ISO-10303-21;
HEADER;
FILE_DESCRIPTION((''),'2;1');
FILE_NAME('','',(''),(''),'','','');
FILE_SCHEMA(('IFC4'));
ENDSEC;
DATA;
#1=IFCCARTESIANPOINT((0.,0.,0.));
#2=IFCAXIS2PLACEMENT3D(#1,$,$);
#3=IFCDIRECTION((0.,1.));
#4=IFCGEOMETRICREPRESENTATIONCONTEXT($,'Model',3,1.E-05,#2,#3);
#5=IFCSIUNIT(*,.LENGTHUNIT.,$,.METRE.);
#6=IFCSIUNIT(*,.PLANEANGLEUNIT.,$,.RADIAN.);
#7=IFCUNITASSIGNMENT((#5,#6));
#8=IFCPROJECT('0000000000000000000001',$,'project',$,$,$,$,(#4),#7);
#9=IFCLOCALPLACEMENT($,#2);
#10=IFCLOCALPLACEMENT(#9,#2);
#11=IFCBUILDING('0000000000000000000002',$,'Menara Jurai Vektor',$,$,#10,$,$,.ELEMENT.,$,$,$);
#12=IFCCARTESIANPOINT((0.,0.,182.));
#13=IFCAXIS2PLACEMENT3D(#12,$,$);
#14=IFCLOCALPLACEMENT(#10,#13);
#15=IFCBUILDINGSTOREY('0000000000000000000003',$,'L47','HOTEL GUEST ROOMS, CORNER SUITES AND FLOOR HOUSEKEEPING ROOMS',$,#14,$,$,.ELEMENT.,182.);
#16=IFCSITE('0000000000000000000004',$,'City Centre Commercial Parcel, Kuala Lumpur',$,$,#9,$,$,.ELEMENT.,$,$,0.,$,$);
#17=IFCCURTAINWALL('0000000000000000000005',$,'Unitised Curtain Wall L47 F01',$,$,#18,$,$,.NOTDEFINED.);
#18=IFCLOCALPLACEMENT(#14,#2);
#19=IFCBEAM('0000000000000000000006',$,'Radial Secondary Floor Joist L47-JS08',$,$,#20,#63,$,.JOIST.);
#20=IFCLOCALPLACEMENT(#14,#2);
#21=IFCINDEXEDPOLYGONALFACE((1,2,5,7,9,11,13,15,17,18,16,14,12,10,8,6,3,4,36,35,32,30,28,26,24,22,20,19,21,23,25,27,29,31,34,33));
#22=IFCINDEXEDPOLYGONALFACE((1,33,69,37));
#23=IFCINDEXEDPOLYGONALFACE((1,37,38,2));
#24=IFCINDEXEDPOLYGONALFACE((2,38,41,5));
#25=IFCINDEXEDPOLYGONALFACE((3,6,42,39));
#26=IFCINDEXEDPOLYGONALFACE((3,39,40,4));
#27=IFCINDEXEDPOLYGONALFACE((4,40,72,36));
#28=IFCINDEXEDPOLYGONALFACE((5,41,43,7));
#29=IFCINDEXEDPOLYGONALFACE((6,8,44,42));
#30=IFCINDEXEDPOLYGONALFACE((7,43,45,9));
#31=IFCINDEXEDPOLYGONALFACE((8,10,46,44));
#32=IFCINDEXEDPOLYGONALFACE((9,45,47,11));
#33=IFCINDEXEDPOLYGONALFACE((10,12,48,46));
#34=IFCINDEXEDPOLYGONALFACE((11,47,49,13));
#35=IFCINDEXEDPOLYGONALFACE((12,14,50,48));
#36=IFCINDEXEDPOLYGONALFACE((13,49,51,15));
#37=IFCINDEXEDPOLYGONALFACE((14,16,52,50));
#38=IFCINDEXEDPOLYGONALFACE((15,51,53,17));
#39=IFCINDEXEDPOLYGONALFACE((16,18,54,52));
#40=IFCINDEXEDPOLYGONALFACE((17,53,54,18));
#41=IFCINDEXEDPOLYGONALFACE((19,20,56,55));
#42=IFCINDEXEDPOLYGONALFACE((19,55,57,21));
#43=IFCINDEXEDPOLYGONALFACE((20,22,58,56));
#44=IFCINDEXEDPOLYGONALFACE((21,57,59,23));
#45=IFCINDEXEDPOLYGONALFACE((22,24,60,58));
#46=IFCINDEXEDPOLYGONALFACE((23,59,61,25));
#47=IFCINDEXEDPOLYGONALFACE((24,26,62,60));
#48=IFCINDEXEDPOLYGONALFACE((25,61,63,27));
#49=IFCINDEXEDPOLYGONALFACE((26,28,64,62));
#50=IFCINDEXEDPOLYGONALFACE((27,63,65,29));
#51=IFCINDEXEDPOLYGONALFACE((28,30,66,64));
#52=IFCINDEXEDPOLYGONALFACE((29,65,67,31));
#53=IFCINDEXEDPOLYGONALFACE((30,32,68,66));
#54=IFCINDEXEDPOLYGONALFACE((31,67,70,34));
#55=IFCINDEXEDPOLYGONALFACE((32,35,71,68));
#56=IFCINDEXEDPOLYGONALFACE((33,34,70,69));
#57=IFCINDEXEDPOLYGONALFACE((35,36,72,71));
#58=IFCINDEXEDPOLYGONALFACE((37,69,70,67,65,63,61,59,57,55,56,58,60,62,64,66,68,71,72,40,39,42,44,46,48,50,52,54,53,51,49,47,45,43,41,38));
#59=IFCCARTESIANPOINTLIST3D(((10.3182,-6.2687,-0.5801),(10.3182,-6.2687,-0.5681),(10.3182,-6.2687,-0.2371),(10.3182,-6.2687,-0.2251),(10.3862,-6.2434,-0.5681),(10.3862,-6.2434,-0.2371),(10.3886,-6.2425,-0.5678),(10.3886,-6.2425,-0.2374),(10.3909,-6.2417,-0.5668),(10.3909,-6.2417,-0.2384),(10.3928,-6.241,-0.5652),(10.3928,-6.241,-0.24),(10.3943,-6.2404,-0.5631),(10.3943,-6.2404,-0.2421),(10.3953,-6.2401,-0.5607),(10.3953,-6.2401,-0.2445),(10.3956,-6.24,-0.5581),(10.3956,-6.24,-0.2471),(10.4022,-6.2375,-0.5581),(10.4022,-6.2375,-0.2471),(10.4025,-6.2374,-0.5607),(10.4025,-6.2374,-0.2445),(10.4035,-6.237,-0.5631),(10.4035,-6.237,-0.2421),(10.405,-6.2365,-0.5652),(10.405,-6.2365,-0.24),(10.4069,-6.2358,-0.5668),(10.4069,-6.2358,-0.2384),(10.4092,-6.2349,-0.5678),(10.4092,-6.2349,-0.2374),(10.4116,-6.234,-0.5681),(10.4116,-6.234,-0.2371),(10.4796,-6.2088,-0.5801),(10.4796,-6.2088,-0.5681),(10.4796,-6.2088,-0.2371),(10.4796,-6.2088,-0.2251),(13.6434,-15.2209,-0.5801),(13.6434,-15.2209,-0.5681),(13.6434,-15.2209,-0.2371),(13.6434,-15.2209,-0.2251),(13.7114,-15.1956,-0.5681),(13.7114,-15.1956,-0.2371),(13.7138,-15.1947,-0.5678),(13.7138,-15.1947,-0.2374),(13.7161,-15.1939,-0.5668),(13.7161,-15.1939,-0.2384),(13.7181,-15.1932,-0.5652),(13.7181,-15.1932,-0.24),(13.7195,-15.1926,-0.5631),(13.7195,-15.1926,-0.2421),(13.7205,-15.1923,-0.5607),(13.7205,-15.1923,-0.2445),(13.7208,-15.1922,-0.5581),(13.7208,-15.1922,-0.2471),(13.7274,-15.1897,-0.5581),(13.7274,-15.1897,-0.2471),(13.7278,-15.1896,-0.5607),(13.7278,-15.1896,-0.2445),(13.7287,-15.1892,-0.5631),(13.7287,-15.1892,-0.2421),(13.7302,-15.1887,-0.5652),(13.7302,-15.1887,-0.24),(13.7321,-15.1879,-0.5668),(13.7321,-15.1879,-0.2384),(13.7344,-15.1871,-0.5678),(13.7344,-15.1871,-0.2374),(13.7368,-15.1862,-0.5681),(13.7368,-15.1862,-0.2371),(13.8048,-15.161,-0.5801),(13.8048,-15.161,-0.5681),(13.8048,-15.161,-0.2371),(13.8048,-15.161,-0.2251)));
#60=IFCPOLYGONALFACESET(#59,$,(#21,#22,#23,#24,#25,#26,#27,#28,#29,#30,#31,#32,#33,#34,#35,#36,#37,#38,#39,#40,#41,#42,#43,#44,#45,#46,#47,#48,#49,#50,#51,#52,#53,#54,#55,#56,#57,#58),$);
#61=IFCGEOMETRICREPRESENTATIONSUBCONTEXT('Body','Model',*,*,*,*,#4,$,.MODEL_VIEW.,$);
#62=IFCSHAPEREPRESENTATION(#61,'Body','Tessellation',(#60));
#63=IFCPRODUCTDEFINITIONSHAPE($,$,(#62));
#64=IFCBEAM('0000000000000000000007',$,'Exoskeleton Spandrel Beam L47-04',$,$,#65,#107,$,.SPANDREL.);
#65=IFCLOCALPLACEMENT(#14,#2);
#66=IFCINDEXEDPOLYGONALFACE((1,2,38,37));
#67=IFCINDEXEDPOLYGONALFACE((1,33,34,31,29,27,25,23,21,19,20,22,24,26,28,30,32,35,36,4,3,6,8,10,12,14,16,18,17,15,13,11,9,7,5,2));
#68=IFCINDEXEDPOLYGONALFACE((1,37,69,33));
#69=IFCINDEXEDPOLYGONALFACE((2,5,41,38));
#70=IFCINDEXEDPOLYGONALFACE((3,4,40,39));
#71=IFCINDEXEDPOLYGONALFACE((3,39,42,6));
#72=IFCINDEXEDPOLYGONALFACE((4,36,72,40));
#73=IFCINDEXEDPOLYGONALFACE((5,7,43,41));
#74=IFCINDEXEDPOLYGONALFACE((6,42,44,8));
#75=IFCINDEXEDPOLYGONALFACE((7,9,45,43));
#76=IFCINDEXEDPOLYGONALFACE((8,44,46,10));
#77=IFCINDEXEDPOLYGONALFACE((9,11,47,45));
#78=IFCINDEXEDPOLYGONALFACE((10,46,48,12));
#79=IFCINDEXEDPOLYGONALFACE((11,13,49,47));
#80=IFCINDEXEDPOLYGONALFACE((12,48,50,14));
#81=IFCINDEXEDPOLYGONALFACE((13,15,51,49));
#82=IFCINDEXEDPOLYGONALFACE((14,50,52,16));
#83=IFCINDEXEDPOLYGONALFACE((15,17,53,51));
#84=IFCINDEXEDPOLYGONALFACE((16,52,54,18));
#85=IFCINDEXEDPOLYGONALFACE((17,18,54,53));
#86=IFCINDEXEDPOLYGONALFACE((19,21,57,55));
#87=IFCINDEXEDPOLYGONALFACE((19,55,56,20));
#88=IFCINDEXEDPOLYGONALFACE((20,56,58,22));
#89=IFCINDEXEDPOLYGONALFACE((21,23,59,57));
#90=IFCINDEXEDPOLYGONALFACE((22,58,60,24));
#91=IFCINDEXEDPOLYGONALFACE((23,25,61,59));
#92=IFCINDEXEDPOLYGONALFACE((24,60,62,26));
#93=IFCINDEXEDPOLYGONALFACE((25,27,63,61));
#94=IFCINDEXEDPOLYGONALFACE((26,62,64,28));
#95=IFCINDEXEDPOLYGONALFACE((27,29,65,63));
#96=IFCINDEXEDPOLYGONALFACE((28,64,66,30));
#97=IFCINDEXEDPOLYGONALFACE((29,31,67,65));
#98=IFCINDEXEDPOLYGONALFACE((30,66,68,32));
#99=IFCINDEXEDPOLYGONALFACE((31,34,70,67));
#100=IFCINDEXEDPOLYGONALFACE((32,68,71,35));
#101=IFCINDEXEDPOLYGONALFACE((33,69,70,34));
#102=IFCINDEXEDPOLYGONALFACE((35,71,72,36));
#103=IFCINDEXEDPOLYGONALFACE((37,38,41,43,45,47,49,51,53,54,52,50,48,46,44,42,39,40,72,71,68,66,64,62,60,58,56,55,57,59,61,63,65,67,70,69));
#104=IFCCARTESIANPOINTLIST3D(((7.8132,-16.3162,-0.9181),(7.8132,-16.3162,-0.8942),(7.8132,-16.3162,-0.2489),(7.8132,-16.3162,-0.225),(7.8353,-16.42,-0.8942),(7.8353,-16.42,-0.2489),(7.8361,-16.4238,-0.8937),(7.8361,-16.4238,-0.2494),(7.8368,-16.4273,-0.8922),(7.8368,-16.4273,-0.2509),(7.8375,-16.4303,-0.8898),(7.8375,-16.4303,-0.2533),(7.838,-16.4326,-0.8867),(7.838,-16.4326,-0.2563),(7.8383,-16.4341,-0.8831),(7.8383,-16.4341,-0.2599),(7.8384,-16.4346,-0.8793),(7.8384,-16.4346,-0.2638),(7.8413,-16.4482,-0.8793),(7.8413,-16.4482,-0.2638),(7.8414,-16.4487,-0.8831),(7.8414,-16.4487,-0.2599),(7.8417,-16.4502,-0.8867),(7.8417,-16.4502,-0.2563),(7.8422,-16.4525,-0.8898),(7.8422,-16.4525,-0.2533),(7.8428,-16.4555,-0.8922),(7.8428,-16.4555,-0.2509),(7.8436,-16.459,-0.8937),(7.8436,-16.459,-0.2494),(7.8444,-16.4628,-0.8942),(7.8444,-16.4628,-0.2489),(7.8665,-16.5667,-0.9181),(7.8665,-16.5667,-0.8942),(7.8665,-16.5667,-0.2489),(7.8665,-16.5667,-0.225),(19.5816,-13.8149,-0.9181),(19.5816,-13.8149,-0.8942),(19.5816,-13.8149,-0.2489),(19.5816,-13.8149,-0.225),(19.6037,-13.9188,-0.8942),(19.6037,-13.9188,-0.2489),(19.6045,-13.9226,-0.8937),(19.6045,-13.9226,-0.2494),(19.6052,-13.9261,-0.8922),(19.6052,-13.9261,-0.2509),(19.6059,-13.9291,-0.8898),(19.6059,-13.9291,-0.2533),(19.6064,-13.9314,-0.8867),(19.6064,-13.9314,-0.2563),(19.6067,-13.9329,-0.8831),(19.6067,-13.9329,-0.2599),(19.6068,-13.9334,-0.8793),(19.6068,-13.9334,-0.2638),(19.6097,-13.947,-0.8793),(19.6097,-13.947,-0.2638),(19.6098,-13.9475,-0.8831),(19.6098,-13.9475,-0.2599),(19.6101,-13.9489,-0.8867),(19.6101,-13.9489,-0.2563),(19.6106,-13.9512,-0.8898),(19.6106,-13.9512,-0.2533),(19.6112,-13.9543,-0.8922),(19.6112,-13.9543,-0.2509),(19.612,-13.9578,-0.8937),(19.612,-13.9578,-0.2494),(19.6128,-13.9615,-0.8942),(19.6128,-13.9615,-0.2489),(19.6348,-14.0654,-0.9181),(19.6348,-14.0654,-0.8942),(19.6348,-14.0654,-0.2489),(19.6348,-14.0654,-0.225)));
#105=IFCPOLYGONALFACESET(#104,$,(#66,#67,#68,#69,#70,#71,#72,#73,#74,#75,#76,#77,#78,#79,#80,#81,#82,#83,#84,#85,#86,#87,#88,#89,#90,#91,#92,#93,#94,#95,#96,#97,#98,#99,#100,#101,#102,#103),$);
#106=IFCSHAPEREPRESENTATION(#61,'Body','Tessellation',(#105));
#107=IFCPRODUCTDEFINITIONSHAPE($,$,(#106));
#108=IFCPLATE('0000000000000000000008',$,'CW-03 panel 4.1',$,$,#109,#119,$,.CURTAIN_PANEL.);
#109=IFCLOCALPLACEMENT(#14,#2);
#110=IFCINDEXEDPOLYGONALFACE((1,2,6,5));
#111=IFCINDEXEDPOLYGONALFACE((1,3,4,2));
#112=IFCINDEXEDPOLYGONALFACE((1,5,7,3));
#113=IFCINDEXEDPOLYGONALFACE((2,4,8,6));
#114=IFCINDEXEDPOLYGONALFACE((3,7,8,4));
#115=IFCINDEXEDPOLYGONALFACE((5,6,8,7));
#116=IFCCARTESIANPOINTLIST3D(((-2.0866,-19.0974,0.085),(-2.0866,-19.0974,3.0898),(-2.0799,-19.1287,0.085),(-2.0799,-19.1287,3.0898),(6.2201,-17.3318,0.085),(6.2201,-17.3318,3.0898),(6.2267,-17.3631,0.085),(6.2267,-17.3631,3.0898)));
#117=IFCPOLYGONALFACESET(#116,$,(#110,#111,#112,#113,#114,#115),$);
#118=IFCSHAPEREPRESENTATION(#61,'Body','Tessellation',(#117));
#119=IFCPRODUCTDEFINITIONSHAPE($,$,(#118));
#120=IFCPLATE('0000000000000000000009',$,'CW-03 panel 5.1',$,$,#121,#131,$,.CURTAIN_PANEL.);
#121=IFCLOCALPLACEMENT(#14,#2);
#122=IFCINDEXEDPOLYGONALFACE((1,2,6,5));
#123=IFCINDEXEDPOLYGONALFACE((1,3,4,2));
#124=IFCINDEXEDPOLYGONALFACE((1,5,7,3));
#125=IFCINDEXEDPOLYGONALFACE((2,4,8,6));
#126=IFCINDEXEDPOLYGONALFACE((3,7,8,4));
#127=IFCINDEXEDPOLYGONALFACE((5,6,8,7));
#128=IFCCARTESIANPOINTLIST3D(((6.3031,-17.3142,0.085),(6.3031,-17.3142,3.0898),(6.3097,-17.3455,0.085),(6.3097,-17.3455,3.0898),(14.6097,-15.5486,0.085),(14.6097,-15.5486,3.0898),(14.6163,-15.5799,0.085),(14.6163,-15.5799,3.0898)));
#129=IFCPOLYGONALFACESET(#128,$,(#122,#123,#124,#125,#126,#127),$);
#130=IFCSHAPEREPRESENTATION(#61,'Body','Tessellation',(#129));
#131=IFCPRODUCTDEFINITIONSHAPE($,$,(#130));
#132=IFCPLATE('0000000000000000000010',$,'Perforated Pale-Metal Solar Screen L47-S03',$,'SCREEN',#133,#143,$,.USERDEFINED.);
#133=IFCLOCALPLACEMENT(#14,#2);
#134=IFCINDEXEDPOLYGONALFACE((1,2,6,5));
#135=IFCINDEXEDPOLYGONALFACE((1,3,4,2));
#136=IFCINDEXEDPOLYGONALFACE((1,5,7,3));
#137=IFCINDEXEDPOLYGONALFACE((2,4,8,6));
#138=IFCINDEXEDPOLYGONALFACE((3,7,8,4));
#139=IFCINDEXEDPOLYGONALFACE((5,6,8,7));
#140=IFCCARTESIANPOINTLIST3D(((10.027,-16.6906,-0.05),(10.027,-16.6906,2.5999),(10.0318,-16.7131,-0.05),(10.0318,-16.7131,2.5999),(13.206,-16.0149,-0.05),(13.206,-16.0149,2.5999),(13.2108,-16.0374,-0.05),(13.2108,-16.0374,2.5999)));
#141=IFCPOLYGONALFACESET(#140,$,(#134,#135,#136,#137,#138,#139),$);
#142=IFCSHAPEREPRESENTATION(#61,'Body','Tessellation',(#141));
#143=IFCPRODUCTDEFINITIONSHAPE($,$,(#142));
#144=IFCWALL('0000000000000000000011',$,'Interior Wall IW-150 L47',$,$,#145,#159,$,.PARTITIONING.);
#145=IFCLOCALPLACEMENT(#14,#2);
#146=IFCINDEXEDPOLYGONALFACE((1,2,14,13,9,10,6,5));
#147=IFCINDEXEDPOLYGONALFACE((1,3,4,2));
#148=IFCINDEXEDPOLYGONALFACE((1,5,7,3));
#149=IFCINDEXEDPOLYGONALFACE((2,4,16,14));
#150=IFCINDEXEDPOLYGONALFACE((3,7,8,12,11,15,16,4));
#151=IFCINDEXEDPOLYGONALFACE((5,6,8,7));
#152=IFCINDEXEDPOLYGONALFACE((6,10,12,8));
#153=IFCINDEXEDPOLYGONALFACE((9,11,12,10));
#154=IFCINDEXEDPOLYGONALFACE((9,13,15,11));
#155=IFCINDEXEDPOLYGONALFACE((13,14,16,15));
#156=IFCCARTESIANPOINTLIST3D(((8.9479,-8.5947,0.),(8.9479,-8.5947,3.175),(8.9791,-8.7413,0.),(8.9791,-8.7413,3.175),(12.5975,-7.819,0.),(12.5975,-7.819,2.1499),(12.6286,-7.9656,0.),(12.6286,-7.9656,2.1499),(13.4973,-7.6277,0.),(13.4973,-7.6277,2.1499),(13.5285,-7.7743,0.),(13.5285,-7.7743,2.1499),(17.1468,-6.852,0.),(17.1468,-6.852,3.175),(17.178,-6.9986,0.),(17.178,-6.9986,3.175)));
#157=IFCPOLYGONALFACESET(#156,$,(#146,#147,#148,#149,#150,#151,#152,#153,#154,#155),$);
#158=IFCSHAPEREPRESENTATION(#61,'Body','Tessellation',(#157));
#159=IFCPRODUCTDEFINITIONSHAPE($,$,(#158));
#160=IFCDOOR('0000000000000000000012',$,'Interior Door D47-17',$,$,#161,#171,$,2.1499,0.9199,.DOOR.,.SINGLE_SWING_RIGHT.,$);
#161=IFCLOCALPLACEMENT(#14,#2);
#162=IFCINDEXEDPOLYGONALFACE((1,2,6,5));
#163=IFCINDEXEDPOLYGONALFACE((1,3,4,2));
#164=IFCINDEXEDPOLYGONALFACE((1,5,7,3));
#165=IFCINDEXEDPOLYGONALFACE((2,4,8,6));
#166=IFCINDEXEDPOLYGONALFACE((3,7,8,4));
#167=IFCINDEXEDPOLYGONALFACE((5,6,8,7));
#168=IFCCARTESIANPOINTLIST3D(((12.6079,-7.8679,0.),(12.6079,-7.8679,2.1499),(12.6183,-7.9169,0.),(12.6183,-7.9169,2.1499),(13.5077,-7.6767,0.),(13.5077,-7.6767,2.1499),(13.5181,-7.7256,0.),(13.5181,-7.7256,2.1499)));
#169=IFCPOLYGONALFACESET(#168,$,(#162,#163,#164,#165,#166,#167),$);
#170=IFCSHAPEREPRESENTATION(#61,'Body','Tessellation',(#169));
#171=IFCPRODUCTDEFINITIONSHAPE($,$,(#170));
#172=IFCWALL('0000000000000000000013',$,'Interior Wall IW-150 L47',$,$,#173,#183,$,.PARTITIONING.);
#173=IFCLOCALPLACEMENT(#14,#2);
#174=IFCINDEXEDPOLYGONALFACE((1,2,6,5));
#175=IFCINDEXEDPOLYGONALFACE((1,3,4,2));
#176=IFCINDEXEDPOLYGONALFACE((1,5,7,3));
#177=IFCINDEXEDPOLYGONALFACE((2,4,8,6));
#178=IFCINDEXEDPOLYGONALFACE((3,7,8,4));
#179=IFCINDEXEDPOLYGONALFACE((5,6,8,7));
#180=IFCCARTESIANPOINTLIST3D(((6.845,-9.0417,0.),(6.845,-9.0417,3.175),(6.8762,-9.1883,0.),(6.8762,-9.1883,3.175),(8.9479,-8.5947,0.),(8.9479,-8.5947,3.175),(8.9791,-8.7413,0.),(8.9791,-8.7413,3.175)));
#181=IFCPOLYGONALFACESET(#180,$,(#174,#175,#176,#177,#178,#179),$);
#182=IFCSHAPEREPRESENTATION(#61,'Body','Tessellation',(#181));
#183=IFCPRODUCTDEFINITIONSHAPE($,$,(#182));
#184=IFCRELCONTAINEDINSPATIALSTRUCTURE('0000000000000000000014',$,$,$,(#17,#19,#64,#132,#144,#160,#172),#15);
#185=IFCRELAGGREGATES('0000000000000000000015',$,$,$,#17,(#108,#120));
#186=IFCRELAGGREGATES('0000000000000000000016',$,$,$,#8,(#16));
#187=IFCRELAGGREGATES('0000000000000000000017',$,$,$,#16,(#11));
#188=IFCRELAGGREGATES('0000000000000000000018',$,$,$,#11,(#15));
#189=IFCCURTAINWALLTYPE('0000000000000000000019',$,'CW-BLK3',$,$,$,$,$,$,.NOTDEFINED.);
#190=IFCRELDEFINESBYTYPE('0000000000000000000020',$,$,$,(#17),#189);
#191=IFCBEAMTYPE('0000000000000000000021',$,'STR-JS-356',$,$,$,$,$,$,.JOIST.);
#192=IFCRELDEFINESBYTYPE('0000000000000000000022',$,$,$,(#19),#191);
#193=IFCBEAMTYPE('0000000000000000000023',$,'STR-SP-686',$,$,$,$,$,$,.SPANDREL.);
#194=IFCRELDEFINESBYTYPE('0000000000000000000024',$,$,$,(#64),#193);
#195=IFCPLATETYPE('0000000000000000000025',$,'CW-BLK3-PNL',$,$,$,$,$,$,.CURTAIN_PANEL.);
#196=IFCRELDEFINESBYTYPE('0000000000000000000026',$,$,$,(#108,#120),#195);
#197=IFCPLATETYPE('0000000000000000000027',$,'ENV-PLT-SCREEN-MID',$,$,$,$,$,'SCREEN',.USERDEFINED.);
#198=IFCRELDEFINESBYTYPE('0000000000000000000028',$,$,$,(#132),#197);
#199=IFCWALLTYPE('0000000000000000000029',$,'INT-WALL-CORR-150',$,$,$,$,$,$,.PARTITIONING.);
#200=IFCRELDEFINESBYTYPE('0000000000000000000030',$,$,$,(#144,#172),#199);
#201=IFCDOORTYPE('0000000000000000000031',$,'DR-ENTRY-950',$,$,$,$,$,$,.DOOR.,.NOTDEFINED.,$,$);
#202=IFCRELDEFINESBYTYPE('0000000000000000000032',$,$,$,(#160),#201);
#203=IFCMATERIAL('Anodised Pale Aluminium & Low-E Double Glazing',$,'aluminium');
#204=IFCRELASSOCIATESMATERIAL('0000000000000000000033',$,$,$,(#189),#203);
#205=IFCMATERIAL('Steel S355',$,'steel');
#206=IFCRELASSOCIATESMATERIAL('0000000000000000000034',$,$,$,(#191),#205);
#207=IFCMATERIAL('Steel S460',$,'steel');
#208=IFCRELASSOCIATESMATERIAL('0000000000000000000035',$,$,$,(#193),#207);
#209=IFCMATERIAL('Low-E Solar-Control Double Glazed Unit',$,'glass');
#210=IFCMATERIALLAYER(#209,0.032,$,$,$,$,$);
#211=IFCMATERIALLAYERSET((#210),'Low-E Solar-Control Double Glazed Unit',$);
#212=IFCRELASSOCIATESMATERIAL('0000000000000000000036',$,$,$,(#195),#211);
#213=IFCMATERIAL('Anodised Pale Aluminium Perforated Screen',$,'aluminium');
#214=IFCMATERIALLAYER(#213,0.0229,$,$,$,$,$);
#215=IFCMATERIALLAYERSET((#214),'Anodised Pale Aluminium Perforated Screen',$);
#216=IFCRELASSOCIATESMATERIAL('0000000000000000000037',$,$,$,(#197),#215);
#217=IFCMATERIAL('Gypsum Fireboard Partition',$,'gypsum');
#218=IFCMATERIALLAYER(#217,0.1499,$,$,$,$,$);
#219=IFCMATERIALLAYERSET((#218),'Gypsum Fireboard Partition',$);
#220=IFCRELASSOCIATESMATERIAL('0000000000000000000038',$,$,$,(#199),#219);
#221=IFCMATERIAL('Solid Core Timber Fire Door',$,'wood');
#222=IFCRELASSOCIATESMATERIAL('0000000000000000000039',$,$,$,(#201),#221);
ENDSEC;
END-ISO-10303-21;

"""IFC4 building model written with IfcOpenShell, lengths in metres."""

from ifc_helpers import new_model, si_unit, direction, frame, frame_2d, origin, origin_2d, place, context, subcontext, project, spatial, rectangle, i_section, extrude, material, layer, layer_set, material_profile, profile_set, type_object, element, fill, aggregate, save


model = new_model("IFC4")

# Units and contexts
model_context = context("Model", 3, precision=1e-05, world=origin(), true_north=direction((0.0, 1.0)))
body_context = subcontext(model_context, "Body", "Model", "MODEL_VIEW")
ifc_project = project(units=[si_unit("LENGTHUNIT", "METRE"), si_unit("PLANEANGLEUNIT", "RADIAN")], contexts=[model_context])

# Site, building, storey
site_placement = place(None, origin())
site = spatial("IfcSite", under=ifc_project, at=site_placement, Name="City Centre Commercial Parcel, Kuala Lumpur", CompositionType="ELEMENT", RefElevation=0.0)
building_placement = place(site_placement, origin())
building = spatial("IfcBuilding", under=site, at=building_placement, Name="Menara Jurai Vektor", CompositionType="ELEMENT")
storey_placement = place(building_placement, frame((0.0, 0.0, 182.0)))
storey = spatial("IfcBuildingStorey", under=building, at=storey_placement, Name="L47", Description="HOTEL GUEST ROOMS, CORNER SUITES AND FLOOR HOUSEKEEPING ROOMS", CompositionType="ELEMENT", Elevation=182.0)

# Shared definitions
ifc_material_1 = material(Name="Steel S460", Category="steel")

# Curtain wall
ifc_material_2 = material(Name="Anodised Pale Aluminium & Low-E Double Glazing", Category="aluminium")
curtain_wall_type = type_object("IfcCurtainWallType", Name="CW-BLK3", PredefinedType="NOTDEFINED", material=ifc_material_2)
curtain_wall_placement = place(storey_placement, origin())
curtain_wall = element("IfcCurtainWall", 1, at=curtain_wall_placement, inside=storey, type_object=curtain_wall_type, Name="Unitised Curtain Wall L47 F01", PredefinedType="NOTDEFINED")

# Beams
ifc_material_3 = material(Name="Steel S355", Category="steel")
ifc_material_profile_1 = material_profile(ifc_material_3, i_section(OverallWidth=0.1721, OverallDepth=0.355, WebThickness=0.0071, FlangeThickness=0.012, FilletRadius=0.01, at=origin_2d()), Name="UKB 356x171x51")
ifc_profile_set_1 = profile_set([ifc_material_profile_1], Name="Steel S355")
beam_type_1 = type_object("IfcBeamType", Name="STR-JS-356", PredefinedType="JOIST", material=ifc_profile_set_1)
beam_1_placement = place(storey_placement, frame((13.7241, -15.1909, -0.4026), z_axis=(-0.348197, 0.937421, 0.0), x_axis=(-0.937421, -0.348197, 0.0)))
element("IfcBeam", 2, at=beam_1_placement, inside=storey, type_object=beam_type_1, Name="Radial Secondary Floor Joist L47-JS08", PredefinedType="JOIST", context=body_context, shape_type="SweptSolid", body=[
    extrude(i_section(OverallWidth=0.1721, OverallDepth=0.355, WebThickness=0.0071, FlangeThickness=0.012, FilletRadius=0.01, at=origin_2d()), origin(), (0.0, 0.0, 1.0), 9.5498),
])
ifc_material_profile_2 = material_profile(ifc_material_1, i_section(OverallWidth=0.2561, OverallDepth=0.6931, WebThickness=0.0139, FlangeThickness=0.0239, FilletRadius=0.0149, at=origin_2d()), Name="UKB 686x254x170")
ifc_profile_set_2 = profile_set([ifc_material_profile_2], Name="Steel S460")
beam_type_2 = type_object("IfcBeamType", Name="STR-SP-686", PredefinedType="SPANDREL", material=ifc_profile_set_2)
beam_2_placement = place(storey_placement, frame((7.8398, -16.4414, -0.5715), z_axis=(0.978151, 0.207895, 0.0), x_axis=(-0.207895, 0.978151, 0.0)))
element("IfcBeam", 3, at=beam_2_placement, inside=storey, type_object=beam_type_2, Name="Exoskeleton Spandrel Beam L47-04", PredefinedType="SPANDREL", context=body_context, shape_type="SweptSolid", body=[
    extrude(i_section(OverallWidth=0.2561, OverallDepth=0.6931, WebThickness=0.0139, FlangeThickness=0.0239, FilletRadius=0.0149, at=origin_2d()), origin(), (0.0, 0.0, 1.0), 12.0312),
])

# Plates
ifc_material_4 = material(Name="Low-E Solar-Control Double Glazed Unit", Category="glass")
ifc_layer_1 = layer(ifc_material_4, 0.032)
ifc_layer_set_1 = layer_set([ifc_layer_1], Name="Low-E Solar-Control Double Glazed Unit")
plate_type_1 = type_object("IfcPlateType", Name="CW-BLK3-PNL", PredefinedType="CURTAIN_PANEL", material=ifc_layer_set_1)
plate_1_placement = place(storey_placement, frame((2.0701, -18.2302, 0.085), z_axis=(0.0, 0.0, 1.0), x_axis=(0.978148, 0.207911, 0.0)))
plate_1 = element("IfcPlate", 4, at=plate_1_placement, type_object=plate_type_1, Name="CW-03 panel 4.1", PredefinedType="CURTAIN_PANEL", context=body_context, shape_type="SweptSolid", body=[
    extrude(rectangle(XDim=8.4922, YDim=0.032, at=origin_2d()), origin(), (0.0, 0.0, 1.0), 3.0049),
])
plate_2_placement = place(storey_placement, frame((10.4597, -16.447, 0.085), z_axis=(0.0, 0.0, 1.0), x_axis=(0.978148, 0.207911, 0.0)))
plate_2 = element("IfcPlate", 5, at=plate_2_placement, type_object=plate_type_1, Name="CW-03 panel 5.1", PredefinedType="CURTAIN_PANEL", context=body_context, shape_type="SweptSolid", body=[
    extrude(rectangle(XDim=8.4922, YDim=0.032, at=origin_2d()), origin(), (0.0, 0.0, 1.0), 3.0049),
])
aggregate(curtain_wall, [plate_1, plate_2])
ifc_material_5 = material(Name="Anodised Pale Aluminium Perforated Screen", Category="aluminium")
ifc_layer_2 = layer(ifc_material_5, 0.0229)
ifc_layer_set_2 = layer_set([ifc_layer_2], Name="Anodised Pale Aluminium Perforated Screen")
plate_type_2 = type_object("IfcPlateType", Name="ENV-PLT-SCREEN-MID", ElementType="SCREEN", PredefinedType="USERDEFINED", material=ifc_layer_set_2)
plate_3_placement = place(storey_placement, frame((11.6189, -16.364, -0.05), z_axis=(0.0, 0.0, 1.0), x_axis=(0.978148, 0.207912, 0.0)))
element("IfcPlate", 6, at=plate_3_placement, inside=storey, type_object=plate_type_2, Name="Perforated Pale-Metal Solar Screen L47-S03", ObjectType="SCREEN", PredefinedType="USERDEFINED", context=body_context, shape_type="SweptSolid", body=[
    extrude(rectangle(XDim=3.25, YDim=0.0229, at=origin_2d()), origin(), (0.0, 0.0, 1.0), 2.6499),
])

# Wall, opening, door
ifc_material_6 = material(Name="Gypsum Fireboard Partition", Category="gypsum")
ifc_layer_3 = layer(ifc_material_6, 0.1499)
ifc_layer_set_3 = layer_set([ifc_layer_3], Name="Gypsum Fireboard Partition")
wall_type = type_object("IfcWallType", Name="INT-WALL-CORR-150", PredefinedType="PARTITIONING", material=ifc_layer_set_3)
wall_1_placement = place(storey_placement, frame((8.9636, -8.668, 0.0), z_axis=(0.0, 0.0, 1.0), x_axis=(0.978149, 0.207904, 0.0)))
wall_1 = element("IfcWall", 7, at=wall_1_placement, inside=storey, type_object=wall_type, Name="Interior Wall IW-150 L47", PredefinedType="PARTITIONING", context=body_context, shape_type="SweptSolid", body=[
    extrude(rectangle(XDim=8.3821, YDim=0.1499, at=frame_2d((4.1909, 0.0))), origin(), (0.0, 0.0, 1.0), 3.175),
])
opening_1_placement = place(wall_1_placement, frame((3.731, 0.0, 0.0)))
opening_1 = element("IfcOpeningElement", 8, at=opening_1_placement, cuts=wall_1, PredefinedType="OPENING", context=body_context, shape_type="SweptSolid", body=[
    extrude(rectangle(XDim=0.9199, YDim=2.1499, at=frame_2d((0.46, 1.075))), frame((0.0, 0.085, 0.0), z_axis=(0.0, -1.0, 0.0), x_axis=(1.0, 0.0, 0.0)), (0.0, 0.0, 1.0), 0.1699),
])
ifc_material_7 = material(Name="Solid Core Timber Fire Door", Category="wood")
door_type_1 = type_object("IfcDoorType", Name="DR-ENTRY-950", OperationType="NOTDEFINED", PredefinedType="DOOR", material=ifc_material_7)
door_1_placement = place(opening_1_placement, origin())
door_1 = element("IfcDoor", 9, at=door_1_placement, inside=storey, type_object=door_type_1, Name="Interior Door D47-17", OperationType="SINGLE_SWING_RIGHT", OverallHeight=2.1499, OverallWidth=0.9199, PredefinedType="DOOR", context=body_context, shape_type="SweptSolid", body=[
    extrude(rectangle(XDim=0.9199, YDim=2.1499, at=frame_2d((0.46, 1.075))), frame((0.0, 0.0249, 0.0), z_axis=(0.0, -1.0, 0.0), x_axis=(1.0, 0.0, 0.0)), (0.0, 0.0, 1.0), 0.05),
])
fill(opening_1, door_1)

# Wall
wall_2_placement = place(storey_placement, frame((6.8606, -9.115, 0.0), z_axis=(0.0, 0.0, 1.0), x_axis=(0.978147, 0.207916, 0.0)))
element("IfcWall", 10, at=wall_2_placement, inside=storey, type_object=wall_type, Name="Interior Wall IW-150 L47", PredefinedType="PARTITIONING", context=body_context, shape_type="SweptSolid", body=[
    extrude(rectangle(XDim=2.1499, YDim=0.1499, at=frame_2d((1.075, 0.0))), origin(), (0.0, 0.0, 1.0), 3.175),
])

save(model, "model.ifc")
